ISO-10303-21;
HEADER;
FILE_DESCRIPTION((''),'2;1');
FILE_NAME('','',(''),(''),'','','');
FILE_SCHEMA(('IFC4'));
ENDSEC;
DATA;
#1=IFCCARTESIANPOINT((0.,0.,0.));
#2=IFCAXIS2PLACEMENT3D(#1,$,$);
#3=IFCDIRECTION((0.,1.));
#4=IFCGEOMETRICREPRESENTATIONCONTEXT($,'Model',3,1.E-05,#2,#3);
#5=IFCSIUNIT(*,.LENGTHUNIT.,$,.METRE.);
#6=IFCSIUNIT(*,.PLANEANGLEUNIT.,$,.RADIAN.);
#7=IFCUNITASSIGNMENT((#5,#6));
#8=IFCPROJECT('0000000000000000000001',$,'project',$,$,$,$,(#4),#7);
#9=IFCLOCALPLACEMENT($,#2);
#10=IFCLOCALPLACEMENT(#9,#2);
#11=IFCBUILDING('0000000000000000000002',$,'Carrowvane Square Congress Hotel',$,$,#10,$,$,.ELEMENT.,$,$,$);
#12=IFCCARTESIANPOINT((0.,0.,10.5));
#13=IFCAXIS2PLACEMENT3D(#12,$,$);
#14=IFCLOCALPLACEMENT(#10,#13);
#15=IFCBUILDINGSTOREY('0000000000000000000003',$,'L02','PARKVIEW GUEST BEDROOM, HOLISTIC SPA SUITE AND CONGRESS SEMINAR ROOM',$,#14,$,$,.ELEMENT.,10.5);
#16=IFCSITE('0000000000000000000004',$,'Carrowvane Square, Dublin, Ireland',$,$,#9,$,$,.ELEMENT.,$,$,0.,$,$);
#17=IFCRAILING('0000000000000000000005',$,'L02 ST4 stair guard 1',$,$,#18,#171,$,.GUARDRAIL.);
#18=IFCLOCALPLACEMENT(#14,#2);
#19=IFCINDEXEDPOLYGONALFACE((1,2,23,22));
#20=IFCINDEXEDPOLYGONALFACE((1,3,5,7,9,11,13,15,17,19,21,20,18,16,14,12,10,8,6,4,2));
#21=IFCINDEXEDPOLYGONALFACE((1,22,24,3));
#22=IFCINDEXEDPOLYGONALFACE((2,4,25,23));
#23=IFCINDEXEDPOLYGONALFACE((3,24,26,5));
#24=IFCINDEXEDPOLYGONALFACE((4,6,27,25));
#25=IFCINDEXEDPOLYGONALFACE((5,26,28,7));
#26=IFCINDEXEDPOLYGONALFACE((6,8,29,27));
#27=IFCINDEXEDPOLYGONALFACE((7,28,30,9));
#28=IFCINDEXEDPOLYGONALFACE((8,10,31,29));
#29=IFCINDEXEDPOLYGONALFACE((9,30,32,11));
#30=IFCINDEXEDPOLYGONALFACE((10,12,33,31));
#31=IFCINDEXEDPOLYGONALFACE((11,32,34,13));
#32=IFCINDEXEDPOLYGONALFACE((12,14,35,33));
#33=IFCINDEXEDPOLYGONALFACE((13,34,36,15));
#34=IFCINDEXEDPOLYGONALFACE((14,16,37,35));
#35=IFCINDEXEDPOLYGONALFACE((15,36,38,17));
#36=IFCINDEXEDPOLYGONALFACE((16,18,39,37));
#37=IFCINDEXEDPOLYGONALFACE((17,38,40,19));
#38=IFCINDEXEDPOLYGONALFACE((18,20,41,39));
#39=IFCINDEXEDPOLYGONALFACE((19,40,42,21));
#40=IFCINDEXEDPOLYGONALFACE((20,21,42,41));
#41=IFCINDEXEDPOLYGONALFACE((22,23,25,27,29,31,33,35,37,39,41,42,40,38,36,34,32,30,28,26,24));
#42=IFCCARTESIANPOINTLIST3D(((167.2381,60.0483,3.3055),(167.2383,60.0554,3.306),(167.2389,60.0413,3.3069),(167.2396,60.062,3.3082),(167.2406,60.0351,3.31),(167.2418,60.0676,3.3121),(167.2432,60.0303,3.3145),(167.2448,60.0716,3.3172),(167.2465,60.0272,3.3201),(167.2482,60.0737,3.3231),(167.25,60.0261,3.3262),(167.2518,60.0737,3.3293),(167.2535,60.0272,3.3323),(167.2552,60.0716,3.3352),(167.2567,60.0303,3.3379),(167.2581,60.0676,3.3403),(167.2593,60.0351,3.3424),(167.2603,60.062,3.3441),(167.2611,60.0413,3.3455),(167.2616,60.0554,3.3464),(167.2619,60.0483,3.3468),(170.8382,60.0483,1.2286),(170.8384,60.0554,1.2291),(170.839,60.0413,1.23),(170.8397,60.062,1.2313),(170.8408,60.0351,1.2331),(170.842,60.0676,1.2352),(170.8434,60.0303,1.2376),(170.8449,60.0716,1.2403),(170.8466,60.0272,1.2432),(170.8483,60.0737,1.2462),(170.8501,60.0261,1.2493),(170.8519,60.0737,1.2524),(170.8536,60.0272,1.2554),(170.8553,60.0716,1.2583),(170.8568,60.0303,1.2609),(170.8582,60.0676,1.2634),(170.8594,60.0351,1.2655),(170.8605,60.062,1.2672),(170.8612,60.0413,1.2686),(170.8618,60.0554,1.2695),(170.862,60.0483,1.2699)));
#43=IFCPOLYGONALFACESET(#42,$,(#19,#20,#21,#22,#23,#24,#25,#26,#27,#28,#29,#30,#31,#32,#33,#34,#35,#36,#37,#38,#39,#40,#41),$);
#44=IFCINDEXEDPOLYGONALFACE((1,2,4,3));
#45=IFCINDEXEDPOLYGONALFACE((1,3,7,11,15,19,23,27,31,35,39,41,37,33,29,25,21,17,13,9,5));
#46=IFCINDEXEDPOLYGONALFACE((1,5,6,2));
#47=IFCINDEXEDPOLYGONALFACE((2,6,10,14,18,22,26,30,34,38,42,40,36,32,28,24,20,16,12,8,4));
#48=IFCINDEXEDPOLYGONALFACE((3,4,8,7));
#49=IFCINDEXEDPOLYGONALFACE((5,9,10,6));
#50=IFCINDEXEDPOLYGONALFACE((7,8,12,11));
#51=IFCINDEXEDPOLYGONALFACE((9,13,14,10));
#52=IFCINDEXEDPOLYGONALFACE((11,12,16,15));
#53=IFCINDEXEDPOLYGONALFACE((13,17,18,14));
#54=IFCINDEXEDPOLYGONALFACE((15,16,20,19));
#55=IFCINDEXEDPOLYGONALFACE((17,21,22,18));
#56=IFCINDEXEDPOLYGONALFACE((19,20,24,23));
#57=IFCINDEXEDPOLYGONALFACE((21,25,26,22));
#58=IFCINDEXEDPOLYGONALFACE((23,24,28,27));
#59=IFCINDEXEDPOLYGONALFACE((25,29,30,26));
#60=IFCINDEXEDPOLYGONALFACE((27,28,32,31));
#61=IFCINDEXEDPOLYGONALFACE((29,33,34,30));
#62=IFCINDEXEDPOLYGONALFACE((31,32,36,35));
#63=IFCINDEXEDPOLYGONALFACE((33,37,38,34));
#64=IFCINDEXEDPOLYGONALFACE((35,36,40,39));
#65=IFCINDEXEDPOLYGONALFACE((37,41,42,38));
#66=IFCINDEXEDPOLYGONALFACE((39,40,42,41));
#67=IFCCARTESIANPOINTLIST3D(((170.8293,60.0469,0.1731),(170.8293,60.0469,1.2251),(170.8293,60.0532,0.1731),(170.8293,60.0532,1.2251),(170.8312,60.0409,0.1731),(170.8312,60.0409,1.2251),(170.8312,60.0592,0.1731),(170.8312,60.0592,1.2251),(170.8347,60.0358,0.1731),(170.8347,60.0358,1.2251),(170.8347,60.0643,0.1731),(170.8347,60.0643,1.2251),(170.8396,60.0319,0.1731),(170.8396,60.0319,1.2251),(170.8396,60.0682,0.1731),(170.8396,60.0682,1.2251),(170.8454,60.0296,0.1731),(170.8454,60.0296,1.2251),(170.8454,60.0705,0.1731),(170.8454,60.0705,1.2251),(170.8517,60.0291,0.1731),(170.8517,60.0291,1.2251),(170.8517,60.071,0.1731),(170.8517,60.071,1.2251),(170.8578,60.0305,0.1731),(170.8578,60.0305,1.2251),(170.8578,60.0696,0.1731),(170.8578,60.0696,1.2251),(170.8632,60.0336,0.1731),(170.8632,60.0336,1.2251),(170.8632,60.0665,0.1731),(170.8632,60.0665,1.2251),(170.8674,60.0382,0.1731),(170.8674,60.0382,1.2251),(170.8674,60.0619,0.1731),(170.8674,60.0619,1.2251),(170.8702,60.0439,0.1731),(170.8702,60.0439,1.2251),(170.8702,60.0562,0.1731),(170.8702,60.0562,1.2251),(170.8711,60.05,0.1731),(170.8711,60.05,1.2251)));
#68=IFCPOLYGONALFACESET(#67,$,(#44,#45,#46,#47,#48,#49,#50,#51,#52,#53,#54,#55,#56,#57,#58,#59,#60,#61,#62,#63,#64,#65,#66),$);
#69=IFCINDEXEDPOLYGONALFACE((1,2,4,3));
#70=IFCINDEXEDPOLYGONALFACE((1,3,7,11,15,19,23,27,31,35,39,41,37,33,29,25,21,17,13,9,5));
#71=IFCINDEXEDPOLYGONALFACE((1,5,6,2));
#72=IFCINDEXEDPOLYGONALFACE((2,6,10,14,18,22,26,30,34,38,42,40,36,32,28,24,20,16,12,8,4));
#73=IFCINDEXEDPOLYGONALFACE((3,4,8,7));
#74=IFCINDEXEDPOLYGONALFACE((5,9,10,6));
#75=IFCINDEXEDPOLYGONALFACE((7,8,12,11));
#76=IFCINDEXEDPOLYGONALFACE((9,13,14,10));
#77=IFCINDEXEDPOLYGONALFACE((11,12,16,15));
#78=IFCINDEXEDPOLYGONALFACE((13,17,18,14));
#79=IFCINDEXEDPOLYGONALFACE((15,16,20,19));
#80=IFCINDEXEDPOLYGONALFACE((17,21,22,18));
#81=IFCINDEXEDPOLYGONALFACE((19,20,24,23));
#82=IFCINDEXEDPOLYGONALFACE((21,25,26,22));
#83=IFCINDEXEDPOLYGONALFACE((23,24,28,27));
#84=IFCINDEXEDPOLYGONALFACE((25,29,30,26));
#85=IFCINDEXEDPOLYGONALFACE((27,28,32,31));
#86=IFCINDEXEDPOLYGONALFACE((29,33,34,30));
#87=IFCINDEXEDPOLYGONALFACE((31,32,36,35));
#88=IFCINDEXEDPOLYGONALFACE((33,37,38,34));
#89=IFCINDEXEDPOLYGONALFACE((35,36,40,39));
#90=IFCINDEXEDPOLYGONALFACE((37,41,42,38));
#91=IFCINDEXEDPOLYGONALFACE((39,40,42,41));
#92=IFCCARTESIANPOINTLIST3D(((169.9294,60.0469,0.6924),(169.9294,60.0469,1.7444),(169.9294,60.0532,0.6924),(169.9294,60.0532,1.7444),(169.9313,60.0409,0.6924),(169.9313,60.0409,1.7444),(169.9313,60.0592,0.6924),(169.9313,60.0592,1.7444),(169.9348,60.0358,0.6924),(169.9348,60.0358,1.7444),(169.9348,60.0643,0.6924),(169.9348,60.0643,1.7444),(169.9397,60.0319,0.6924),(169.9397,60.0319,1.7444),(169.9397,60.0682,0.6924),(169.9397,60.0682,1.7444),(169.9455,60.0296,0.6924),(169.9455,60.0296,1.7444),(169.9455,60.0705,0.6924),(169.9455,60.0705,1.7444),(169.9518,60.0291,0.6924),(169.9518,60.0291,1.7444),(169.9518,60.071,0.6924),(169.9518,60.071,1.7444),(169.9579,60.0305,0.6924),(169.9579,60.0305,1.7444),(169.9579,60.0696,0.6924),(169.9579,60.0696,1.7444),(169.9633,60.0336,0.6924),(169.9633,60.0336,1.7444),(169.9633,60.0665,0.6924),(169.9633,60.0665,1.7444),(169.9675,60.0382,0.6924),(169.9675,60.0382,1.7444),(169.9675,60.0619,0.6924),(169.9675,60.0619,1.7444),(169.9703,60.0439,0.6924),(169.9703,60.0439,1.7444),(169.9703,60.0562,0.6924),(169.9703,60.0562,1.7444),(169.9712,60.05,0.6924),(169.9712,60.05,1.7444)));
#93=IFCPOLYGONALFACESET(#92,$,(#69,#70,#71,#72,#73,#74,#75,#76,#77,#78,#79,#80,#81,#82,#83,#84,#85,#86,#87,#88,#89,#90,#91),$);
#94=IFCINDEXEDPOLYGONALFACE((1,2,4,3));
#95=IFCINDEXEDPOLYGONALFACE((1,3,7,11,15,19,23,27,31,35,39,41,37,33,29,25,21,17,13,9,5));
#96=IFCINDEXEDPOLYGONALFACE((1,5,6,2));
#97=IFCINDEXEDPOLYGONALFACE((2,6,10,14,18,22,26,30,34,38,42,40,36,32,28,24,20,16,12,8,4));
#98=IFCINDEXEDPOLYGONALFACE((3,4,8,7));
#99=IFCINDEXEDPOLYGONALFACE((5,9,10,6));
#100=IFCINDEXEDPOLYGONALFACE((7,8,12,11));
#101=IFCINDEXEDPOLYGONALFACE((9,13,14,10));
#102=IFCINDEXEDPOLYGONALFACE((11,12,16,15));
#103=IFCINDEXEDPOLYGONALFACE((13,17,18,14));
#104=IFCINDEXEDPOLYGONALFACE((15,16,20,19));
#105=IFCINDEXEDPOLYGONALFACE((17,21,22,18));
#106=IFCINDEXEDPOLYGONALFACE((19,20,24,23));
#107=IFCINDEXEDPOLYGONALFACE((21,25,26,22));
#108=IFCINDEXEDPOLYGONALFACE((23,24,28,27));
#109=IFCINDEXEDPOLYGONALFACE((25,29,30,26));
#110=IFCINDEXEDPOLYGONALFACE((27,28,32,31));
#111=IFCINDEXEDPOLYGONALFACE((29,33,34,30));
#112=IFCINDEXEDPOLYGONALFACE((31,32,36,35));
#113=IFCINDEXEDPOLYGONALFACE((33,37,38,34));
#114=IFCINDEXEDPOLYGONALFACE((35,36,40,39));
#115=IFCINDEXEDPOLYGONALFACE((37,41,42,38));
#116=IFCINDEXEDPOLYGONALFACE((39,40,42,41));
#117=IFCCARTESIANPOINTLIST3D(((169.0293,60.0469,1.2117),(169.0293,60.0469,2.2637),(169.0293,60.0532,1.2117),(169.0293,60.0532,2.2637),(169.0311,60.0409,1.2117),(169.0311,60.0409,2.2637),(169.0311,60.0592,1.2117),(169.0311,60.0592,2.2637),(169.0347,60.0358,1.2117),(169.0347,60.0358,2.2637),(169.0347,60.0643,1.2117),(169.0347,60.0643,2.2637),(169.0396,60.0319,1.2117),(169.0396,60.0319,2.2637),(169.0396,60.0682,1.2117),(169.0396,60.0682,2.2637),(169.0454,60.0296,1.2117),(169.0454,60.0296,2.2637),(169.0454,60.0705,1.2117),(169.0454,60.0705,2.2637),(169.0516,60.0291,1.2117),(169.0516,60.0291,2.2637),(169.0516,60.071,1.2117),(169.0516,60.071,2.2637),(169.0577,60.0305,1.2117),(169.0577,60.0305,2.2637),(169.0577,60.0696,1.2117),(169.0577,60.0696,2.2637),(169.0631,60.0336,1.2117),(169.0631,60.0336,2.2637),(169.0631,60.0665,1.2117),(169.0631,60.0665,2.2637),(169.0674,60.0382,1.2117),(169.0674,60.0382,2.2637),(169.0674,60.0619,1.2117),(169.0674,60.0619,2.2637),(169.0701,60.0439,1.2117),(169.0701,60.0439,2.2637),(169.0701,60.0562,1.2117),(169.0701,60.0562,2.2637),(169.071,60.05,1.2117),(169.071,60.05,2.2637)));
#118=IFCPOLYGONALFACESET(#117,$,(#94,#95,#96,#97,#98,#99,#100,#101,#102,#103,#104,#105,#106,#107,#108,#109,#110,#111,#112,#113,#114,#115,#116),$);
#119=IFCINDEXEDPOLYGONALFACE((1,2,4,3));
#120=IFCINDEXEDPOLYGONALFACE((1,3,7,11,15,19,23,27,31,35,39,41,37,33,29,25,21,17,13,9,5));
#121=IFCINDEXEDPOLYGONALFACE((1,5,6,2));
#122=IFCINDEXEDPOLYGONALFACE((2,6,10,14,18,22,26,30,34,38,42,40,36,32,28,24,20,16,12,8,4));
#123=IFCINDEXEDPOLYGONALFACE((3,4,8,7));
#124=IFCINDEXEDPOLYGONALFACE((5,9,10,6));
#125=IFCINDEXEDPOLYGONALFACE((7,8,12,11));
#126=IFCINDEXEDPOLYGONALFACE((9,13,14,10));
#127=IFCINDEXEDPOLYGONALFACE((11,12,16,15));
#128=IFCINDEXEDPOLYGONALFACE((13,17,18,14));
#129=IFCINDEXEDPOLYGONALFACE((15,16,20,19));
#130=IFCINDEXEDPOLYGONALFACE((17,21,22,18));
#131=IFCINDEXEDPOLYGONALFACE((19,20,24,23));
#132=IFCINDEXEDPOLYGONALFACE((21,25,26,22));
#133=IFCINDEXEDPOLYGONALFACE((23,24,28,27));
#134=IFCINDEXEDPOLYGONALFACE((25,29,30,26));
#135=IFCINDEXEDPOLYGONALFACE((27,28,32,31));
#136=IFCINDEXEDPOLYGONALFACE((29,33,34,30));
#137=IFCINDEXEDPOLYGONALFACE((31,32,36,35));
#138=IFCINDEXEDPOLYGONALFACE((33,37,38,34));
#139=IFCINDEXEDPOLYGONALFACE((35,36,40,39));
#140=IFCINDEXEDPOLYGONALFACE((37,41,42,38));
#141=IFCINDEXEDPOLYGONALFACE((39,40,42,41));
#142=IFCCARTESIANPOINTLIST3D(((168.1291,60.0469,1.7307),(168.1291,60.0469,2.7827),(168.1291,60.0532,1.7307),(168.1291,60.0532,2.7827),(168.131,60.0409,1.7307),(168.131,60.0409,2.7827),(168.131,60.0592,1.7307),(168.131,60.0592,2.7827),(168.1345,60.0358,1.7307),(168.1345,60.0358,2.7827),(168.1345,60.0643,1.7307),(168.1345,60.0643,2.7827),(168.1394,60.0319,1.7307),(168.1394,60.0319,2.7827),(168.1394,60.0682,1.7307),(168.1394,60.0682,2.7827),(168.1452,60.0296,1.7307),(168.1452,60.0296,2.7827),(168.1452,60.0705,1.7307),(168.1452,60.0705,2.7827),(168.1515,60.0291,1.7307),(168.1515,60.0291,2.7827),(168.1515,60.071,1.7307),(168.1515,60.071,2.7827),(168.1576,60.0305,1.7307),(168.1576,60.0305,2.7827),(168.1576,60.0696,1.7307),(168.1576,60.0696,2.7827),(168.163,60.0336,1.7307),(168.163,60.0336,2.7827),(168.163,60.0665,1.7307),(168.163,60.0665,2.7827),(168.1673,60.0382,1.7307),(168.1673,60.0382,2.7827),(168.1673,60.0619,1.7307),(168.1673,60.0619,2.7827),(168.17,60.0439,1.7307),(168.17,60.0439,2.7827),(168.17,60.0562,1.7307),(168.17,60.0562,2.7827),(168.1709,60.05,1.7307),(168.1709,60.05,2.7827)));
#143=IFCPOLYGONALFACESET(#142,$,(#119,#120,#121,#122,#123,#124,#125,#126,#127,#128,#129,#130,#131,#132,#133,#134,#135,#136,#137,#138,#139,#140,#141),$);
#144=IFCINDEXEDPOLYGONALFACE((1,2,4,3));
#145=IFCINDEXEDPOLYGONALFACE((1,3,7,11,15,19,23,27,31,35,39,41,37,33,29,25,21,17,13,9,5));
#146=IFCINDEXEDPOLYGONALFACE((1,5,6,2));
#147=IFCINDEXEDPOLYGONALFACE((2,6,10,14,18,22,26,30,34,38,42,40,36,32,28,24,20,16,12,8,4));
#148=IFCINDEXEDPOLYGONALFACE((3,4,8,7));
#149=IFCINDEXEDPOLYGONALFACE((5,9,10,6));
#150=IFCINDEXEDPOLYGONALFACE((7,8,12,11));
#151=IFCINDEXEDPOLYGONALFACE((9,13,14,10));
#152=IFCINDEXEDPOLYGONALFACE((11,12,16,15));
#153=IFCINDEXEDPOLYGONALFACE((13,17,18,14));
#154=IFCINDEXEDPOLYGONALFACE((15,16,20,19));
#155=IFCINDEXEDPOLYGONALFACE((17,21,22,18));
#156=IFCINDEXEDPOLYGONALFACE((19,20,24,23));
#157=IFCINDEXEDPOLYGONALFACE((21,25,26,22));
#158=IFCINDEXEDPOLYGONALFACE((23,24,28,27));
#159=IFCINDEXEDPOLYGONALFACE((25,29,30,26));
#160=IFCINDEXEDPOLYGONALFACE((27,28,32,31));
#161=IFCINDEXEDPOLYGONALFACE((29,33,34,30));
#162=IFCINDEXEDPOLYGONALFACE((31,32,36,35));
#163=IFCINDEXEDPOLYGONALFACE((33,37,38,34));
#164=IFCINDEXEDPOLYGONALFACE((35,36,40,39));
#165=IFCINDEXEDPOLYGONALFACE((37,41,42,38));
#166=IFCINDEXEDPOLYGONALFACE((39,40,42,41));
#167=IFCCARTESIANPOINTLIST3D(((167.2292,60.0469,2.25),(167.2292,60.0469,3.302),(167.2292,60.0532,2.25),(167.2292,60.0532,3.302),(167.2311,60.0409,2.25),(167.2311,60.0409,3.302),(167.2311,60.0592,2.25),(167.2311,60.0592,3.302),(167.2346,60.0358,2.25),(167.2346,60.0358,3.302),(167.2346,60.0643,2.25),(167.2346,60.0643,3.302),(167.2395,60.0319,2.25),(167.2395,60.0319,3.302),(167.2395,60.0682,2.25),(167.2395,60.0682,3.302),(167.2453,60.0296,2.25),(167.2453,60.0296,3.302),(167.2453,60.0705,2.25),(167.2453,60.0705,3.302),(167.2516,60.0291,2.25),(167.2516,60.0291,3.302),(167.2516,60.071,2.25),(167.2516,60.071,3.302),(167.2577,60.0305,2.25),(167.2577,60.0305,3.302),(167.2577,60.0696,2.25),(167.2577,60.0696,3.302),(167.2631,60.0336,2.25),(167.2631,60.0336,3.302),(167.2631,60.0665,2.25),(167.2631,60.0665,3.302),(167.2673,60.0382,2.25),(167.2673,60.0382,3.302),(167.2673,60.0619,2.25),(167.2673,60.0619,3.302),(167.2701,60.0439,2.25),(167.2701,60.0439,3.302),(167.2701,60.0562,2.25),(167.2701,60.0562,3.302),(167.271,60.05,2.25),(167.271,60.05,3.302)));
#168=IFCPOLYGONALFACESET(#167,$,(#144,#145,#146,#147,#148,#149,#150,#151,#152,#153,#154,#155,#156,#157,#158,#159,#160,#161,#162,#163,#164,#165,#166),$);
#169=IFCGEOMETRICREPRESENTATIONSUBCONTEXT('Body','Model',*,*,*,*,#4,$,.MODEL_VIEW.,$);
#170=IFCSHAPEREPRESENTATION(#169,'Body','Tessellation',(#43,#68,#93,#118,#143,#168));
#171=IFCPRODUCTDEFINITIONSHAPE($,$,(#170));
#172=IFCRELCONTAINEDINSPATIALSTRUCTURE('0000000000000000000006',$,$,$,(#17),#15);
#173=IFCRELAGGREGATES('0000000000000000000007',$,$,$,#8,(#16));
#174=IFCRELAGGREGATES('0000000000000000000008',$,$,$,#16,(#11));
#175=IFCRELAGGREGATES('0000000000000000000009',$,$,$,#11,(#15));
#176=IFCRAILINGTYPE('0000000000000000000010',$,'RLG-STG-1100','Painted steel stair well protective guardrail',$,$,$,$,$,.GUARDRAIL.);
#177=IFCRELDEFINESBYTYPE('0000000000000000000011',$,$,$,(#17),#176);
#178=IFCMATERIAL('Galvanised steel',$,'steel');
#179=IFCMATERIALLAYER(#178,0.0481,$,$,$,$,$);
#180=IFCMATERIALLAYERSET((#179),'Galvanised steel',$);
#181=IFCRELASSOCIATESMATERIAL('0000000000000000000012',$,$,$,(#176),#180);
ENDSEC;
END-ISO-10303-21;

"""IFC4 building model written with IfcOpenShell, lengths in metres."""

from ifc_helpers import new_model, si_unit, direction, frame, origin, origin_2d, place, context, subcontext, project, spatial, circle, extrude, material, layer, layer_set, type_object, element, save


model = new_model("IFC4")

# Units and contexts
model_context = context("Model", 3, precision=1e-05, world=origin(), true_north=direction((0.0, 1.0)))
body_context = subcontext(model_context, "Body", "Model", "MODEL_VIEW")
ifc_project = project(units=[si_unit("LENGTHUNIT", "METRE"), si_unit("PLANEANGLEUNIT", "RADIAN")], contexts=[model_context])

# Site, building, storey
site_placement = place(None, origin())
site = spatial("IfcSite", under=ifc_project, at=site_placement, Name="Carrowvane Square, Dublin, Ireland", CompositionType="ELEMENT", RefElevation=0.0)
building_placement = place(site_placement, origin())
building = spatial("IfcBuilding", under=site, at=building_placement, Name="Carrowvane Square Congress Hotel", CompositionType="ELEMENT")
storey_placement = place(building_placement, frame((0.0, 0.0, 10.5)))
storey = spatial("IfcBuildingStorey", under=building, at=storey_placement, Name="L02", Description="PARKVIEW GUEST BEDROOM, HOLISTIC SPA SUITE AND CONGRESS SEMINAR ROOM", CompositionType="ELEMENT", Elevation=10.5)

# Railing
ifc_material_1 = material(Name="Galvanised steel", Category="steel")
ifc_layer_1 = layer(ifc_material_1, 0.0481)
ifc_layer_set_1 = layer_set([ifc_layer_1], Name="Galvanised steel")
railing_type_1 = type_object("IfcRailingType", Name="RLG-STG-1100", Description="Painted steel stair well protective guardrail", PredefinedType="GUARDRAIL", material=ifc_layer_set_1)
railing_1_placement = place(storey_placement, frame((170.8501, 60.05, 0.1731)))
element("IfcRailing", 1, at=railing_1_placement, inside=storey, type_object=railing_type_1, Name="L02 ST4 stair guard 1", PredefinedType="GUARDRAIL", context=body_context, shape_type="SweptSolid", body=[
    extrude(circle(Radius=0.0239, at=origin_2d()), frame((0.0, 0.0, 1.0762), z_axis=(-0.866193, 0.0, 0.499709), x_axis=(0.0, -1.0, 0.0)), (0.0, 0.0, 1.0), 4.1562),
    extrude(circle(Radius=0.021, at=origin_2d()), origin(), (0.0, 0.0, 1.0), 1.052),
    extrude(circle(Radius=0.021, at=origin_2d()), frame((-0.8999, 0.0, 0.5193)), (0.0, 0.0, 1.0), 1.052),
    extrude(circle(Radius=0.021, at=origin_2d()), frame((-1.8, 0.0, 1.0386)), (0.0, 0.0, 1.0), 1.052),
    extrude(circle(Radius=0.021, at=origin_2d()), frame((-2.7002, 0.0, 1.5576)), (0.0, 0.0, 1.0), 1.052),
    extrude(circle(Radius=0.021, at=origin_2d()), frame((-3.6001, 0.0, 2.0769)), (0.0, 0.0, 1.0), 1.052),
])

save(model, "model.ifc")
